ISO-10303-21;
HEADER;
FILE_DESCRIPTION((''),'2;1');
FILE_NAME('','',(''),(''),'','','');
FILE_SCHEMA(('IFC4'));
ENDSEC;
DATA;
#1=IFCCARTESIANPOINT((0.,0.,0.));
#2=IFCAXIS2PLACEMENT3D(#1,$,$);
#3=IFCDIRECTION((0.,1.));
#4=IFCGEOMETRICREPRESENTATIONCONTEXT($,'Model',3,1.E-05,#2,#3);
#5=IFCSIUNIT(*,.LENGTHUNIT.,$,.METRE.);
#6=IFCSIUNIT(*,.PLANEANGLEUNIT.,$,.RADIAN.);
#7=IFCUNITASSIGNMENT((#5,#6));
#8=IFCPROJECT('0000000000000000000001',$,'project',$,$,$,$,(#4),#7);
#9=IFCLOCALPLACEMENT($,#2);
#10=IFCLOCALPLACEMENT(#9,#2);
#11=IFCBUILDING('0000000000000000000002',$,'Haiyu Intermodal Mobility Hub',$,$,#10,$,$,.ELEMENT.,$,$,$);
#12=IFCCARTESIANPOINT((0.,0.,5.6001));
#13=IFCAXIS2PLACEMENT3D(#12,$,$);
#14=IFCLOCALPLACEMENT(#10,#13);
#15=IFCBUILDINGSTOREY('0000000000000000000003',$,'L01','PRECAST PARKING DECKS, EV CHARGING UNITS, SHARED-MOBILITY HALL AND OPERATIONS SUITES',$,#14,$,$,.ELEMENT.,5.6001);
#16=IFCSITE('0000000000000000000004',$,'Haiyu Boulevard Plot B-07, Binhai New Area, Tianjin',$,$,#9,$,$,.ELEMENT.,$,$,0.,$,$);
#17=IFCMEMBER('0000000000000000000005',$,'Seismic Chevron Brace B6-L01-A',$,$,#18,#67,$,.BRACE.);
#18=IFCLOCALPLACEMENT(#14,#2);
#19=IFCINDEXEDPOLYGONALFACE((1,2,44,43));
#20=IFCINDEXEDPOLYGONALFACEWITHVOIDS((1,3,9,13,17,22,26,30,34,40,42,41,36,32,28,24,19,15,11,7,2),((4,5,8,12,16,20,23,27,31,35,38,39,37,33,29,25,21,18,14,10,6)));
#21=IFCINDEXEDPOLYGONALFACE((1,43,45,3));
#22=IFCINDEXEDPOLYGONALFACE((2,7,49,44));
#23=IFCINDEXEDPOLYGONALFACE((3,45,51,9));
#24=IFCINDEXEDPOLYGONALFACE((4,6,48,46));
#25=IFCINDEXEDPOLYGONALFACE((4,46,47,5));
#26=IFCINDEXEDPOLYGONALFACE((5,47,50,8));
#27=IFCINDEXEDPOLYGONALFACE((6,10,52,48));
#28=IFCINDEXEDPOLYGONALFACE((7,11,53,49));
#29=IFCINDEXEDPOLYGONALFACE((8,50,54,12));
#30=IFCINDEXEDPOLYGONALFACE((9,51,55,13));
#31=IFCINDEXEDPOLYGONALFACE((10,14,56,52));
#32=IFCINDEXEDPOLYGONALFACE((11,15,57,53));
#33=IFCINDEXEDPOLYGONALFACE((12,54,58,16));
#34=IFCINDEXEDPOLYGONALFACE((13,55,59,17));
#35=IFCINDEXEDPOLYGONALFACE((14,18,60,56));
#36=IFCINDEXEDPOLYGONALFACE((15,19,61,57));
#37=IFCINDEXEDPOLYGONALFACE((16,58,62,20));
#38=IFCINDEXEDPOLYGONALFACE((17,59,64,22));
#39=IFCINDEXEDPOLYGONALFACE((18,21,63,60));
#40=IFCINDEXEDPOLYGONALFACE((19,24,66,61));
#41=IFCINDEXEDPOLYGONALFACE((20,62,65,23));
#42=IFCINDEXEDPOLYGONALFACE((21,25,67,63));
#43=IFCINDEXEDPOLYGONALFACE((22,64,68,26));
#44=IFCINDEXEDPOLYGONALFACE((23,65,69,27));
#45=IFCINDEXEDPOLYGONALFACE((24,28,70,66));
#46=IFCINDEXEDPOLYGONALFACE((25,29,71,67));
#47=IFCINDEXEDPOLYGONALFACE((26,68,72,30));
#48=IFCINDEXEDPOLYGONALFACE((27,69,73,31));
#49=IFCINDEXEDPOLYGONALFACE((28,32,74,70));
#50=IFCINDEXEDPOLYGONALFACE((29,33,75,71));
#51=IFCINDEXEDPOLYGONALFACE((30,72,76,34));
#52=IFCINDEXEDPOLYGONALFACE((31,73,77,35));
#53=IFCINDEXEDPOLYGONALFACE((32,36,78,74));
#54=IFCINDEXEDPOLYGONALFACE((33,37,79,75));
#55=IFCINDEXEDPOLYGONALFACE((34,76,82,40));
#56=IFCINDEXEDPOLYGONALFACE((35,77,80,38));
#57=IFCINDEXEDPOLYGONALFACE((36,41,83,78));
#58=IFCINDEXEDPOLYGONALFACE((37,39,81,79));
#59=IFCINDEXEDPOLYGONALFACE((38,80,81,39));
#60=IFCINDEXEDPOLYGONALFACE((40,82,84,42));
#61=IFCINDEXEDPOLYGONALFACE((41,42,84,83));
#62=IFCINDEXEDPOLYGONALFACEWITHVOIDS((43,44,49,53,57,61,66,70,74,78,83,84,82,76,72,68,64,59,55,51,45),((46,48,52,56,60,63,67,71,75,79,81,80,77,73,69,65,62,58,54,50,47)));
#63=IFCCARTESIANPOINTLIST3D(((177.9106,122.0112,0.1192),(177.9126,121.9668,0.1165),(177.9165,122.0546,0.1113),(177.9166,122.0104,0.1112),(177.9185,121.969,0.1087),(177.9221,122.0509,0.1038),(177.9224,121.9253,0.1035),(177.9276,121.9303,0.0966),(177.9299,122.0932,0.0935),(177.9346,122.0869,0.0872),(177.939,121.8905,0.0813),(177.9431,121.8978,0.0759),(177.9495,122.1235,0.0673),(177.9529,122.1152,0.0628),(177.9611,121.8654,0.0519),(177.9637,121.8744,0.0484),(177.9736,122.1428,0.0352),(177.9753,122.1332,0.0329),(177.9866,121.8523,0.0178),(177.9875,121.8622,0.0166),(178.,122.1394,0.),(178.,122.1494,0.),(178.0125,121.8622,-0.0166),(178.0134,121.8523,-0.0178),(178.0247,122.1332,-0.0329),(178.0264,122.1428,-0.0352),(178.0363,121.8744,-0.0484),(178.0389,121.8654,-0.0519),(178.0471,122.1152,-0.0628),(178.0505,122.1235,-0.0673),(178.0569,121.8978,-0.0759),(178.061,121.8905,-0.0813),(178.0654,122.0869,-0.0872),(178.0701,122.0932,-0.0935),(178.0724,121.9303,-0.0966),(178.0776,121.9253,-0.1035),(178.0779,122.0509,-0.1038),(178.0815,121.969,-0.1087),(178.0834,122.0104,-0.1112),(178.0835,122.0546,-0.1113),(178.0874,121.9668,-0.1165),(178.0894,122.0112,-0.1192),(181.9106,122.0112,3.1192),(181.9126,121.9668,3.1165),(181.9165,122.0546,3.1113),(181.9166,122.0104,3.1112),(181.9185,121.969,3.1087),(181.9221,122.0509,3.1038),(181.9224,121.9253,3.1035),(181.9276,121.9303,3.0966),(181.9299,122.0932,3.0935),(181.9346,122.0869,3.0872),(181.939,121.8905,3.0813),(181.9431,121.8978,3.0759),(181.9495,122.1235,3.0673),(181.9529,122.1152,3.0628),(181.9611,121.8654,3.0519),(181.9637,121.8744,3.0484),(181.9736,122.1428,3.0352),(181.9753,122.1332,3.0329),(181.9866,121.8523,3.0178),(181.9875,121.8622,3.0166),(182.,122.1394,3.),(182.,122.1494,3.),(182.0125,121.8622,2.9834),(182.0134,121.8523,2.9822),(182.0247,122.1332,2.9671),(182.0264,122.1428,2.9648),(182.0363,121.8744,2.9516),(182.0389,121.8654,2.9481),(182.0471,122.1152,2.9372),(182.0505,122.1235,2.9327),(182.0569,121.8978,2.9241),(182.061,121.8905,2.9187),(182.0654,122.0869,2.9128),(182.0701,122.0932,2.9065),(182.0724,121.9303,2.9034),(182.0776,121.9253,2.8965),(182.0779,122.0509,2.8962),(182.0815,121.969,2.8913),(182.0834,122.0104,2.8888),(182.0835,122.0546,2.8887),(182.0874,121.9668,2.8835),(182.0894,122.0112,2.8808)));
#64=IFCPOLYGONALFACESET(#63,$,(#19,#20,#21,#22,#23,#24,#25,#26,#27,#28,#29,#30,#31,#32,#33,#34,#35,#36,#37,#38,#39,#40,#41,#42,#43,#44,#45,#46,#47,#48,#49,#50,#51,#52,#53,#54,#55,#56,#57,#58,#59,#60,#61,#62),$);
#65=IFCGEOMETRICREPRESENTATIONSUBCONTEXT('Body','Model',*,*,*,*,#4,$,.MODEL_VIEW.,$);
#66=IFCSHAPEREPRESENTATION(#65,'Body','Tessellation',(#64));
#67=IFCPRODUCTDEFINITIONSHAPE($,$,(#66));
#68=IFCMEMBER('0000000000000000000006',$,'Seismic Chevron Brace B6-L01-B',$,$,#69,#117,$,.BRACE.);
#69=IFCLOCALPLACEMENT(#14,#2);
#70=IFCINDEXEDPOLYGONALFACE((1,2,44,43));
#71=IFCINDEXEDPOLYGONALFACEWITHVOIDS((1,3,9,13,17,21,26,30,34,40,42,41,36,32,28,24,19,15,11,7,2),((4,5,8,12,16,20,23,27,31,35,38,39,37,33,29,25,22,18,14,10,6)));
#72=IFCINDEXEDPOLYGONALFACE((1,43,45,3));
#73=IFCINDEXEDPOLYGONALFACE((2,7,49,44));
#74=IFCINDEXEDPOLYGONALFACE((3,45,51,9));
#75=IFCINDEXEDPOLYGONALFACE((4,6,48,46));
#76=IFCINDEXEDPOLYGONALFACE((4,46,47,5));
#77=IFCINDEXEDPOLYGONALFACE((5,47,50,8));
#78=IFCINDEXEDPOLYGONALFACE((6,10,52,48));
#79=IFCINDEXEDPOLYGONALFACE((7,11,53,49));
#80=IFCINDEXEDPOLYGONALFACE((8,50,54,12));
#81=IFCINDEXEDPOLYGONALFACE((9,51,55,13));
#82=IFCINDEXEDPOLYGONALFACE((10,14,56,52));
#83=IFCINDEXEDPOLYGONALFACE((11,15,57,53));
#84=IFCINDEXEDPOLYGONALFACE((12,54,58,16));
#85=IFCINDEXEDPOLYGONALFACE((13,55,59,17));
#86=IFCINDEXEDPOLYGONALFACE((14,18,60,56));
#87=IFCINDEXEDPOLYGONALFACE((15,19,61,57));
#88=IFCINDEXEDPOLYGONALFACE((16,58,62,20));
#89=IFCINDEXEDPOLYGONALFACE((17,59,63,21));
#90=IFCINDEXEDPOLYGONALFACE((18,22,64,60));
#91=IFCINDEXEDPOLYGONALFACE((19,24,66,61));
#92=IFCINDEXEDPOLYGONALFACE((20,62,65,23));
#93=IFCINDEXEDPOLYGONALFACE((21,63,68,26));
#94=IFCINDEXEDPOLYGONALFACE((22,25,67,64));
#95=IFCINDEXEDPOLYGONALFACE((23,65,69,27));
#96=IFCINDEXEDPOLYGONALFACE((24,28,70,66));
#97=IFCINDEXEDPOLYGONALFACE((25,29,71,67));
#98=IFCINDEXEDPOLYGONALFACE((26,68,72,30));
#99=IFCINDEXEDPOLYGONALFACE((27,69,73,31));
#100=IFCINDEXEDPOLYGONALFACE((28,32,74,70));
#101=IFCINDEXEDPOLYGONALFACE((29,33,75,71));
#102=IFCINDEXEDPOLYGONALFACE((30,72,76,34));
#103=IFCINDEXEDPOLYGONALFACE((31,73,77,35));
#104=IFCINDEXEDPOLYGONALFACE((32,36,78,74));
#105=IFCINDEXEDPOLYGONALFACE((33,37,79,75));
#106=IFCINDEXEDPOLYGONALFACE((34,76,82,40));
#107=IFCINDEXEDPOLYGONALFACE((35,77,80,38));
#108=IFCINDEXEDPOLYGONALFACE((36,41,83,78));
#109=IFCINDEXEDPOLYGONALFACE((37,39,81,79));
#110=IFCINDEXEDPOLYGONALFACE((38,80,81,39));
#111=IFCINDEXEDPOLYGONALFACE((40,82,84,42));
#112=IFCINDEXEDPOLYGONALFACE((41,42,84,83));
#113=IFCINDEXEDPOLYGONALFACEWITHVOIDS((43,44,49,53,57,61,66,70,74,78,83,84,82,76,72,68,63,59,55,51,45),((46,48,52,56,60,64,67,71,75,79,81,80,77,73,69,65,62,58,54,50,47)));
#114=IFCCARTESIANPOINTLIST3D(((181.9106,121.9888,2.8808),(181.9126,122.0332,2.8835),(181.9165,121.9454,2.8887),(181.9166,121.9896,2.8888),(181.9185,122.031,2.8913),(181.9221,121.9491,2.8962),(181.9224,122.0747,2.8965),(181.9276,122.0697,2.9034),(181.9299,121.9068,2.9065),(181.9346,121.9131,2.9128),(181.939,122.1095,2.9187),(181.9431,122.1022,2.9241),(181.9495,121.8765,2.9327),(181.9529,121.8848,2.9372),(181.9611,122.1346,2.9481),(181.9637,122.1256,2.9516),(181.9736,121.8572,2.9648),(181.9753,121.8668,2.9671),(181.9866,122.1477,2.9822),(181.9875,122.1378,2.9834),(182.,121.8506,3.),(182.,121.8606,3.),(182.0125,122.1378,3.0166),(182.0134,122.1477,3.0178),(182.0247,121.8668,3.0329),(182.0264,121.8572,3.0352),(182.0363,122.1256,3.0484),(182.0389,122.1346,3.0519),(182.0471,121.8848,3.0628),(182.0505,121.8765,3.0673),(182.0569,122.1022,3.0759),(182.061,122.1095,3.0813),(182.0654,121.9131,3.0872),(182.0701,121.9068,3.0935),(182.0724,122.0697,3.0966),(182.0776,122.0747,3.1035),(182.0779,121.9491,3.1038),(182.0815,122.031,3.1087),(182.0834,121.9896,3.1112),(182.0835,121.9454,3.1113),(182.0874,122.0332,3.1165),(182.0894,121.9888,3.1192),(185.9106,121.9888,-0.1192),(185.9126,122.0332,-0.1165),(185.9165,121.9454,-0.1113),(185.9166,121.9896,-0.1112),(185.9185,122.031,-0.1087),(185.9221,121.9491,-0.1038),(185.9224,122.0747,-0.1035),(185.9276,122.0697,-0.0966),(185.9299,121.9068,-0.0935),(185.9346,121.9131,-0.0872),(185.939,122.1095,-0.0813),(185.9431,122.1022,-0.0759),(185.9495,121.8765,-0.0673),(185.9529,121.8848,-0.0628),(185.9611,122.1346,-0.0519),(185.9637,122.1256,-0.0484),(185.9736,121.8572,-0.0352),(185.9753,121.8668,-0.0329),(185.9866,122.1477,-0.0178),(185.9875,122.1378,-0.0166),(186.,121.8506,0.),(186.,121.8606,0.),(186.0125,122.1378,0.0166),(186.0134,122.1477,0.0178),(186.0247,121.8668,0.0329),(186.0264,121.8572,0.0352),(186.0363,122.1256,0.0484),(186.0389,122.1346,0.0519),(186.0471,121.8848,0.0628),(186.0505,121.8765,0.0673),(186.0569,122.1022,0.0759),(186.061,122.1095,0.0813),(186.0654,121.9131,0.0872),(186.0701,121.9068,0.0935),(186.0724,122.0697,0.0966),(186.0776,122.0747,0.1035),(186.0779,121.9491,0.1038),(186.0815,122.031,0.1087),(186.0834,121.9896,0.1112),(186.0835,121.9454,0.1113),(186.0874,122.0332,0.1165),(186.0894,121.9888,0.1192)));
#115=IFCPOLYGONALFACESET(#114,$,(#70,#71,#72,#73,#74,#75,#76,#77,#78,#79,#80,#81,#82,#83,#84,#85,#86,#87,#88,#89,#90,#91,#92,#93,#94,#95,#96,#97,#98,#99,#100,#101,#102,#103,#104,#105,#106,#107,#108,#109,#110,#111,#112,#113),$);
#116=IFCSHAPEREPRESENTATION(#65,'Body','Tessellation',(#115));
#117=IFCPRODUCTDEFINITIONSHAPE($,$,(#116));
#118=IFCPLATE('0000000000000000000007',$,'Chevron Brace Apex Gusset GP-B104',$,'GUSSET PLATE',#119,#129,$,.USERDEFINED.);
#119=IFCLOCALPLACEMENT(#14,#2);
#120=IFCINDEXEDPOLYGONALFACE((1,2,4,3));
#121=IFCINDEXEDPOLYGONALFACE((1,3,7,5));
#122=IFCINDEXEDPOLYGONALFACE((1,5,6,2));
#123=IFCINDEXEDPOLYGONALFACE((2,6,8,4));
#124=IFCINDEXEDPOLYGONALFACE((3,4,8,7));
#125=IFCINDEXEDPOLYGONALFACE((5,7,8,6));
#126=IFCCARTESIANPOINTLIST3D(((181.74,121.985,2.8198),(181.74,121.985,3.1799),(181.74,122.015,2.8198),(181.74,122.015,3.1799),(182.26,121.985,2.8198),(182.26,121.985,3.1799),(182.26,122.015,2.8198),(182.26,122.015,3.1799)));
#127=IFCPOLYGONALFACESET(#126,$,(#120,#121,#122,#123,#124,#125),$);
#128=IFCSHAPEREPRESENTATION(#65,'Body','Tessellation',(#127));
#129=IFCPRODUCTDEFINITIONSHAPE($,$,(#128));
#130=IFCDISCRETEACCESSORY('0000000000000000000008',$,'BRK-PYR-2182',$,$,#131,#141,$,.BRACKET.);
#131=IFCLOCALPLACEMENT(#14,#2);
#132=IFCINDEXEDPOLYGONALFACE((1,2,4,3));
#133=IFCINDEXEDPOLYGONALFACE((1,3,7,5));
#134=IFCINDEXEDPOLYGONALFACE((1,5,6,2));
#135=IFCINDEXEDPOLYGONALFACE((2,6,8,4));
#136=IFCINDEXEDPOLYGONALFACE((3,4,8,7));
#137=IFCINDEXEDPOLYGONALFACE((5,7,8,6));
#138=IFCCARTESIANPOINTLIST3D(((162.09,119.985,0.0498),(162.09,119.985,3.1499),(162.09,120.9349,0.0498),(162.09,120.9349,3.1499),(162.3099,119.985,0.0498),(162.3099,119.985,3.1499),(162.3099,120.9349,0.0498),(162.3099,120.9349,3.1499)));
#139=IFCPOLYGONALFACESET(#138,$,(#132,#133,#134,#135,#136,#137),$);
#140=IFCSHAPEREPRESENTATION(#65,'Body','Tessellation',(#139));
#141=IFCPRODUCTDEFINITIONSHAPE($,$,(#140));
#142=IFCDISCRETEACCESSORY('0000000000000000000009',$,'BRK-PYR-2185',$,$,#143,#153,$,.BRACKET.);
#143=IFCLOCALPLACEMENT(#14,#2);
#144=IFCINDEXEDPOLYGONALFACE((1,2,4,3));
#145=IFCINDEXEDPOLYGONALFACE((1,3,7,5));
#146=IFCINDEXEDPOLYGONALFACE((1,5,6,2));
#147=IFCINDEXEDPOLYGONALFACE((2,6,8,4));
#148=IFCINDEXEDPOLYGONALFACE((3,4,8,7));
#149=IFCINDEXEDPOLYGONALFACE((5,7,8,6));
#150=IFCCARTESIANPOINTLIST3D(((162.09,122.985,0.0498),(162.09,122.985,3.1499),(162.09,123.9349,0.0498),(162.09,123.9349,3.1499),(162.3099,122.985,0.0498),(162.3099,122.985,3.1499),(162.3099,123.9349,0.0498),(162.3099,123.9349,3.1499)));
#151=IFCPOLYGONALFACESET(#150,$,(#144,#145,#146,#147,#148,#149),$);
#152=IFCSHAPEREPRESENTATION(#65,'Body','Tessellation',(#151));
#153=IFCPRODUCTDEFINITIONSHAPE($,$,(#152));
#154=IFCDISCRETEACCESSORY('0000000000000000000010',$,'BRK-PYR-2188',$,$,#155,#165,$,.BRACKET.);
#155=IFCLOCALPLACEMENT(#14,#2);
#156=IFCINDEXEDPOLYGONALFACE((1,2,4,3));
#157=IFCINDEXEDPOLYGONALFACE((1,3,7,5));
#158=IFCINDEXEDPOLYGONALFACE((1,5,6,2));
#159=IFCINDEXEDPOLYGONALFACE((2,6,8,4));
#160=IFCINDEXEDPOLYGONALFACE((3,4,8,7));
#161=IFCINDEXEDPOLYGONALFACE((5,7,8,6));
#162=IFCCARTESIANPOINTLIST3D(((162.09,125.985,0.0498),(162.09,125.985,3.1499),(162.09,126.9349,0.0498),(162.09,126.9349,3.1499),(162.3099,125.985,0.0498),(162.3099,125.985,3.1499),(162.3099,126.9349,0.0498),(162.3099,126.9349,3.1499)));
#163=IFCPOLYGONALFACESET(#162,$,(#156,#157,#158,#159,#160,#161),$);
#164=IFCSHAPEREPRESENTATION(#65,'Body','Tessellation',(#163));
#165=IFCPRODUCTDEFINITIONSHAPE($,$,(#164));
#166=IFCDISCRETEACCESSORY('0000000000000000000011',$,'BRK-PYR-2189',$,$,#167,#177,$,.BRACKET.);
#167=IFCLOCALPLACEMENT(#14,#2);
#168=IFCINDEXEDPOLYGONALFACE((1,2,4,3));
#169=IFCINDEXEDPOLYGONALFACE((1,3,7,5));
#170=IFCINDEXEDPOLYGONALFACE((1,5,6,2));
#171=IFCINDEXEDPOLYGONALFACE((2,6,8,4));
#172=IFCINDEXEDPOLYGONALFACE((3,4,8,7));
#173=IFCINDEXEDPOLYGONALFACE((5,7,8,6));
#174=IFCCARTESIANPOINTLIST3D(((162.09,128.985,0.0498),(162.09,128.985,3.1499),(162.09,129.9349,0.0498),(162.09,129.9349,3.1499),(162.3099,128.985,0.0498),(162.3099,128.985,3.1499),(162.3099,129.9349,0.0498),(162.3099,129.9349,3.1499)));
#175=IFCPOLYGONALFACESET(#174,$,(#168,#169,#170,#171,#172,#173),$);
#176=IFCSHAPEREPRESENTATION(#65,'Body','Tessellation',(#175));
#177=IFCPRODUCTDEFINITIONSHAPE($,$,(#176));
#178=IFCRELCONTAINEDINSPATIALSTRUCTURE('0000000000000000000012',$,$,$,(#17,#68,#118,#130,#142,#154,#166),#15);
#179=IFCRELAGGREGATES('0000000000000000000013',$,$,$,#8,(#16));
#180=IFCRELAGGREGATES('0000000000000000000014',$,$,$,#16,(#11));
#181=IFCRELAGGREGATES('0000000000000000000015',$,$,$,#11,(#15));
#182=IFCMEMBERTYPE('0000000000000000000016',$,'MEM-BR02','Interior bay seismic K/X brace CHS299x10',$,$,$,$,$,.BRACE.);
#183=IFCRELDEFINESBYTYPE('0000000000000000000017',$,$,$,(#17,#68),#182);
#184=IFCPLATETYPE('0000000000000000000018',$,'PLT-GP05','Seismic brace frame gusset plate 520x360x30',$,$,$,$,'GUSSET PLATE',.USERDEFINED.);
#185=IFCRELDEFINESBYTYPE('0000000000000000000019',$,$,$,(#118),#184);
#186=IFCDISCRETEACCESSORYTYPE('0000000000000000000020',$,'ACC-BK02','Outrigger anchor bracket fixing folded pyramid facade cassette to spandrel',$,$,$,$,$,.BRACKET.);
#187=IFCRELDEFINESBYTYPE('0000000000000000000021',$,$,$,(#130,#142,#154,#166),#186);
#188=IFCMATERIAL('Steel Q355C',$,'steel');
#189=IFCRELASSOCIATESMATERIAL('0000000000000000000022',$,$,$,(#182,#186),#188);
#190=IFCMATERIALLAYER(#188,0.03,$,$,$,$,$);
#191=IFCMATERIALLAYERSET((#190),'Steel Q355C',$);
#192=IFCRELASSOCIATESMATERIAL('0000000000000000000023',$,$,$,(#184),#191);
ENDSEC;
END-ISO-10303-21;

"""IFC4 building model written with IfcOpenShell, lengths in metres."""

from ifc_helpers import new_model, si_unit, direction, frame, origin, origin_2d, place, context, subcontext, project, spatial, rectangle, hollow_circle, extrude, material, layer, layer_set, material_profile, profile_set, type_object, element, save


model = new_model("IFC4")

# Units and contexts
model_context = context("Model", 3, precision=1e-05, world=origin(), true_north=direction((0.0, 1.0)))
body_context = subcontext(model_context, "Body", "Model", "MODEL_VIEW")
ifc_project = project(units=[si_unit("LENGTHUNIT", "METRE"), si_unit("PLANEANGLEUNIT", "RADIAN")], contexts=[model_context])

# Site, building, storey
site_placement = place(None, origin())
site = spatial("IfcSite", under=ifc_project, at=site_placement, Name="Haiyu Boulevard Plot B-07, Binhai New Area, Tianjin", CompositionType="ELEMENT", RefElevation=0.0)
building_placement = place(site_placement, origin())
building = spatial("IfcBuilding", under=site, at=building_placement, Name="Haiyu Intermodal Mobility Hub", CompositionType="ELEMENT")
storey_placement = place(building_placement, frame((0.0, 0.0, 5.6001)))
storey = spatial("IfcBuildingStorey", under=building, at=storey_placement, Name="L01", Description="PRECAST PARKING DECKS, EV CHARGING UNITS, SHARED-MOBILITY HALL AND OPERATIONS SUITES", CompositionType="ELEMENT", Elevation=5.6001)

# Shared definitions
ifc_material_1 = material(Name="Steel Q355C", Category="steel")

# Members
ifc_material_profile_1 = material_profile(ifc_material_1, hollow_circle(Radius=0.1494, WallThickness=0.01, at=origin_2d()), Name="CHS299x10")
ifc_profile_set_1 = profile_set([ifc_material_profile_1], Name="Steel Q355C")
member_type = type_object("IfcMemberType", Name="MEM-BR02", Description="Interior bay seismic K/X brace CHS299x10", PredefinedType="BRACE", material=ifc_profile_set_1)
for number, where, z_axis, x_axis, name in (
    (1, (178.0, 122.0, 0.0), (0.8, 0.0, 0.6), (0.0, 1.0, 0.0), "Seismic Chevron Brace B6-L01-A"),
    (2, (186.0, 122.0, 0.0), (-0.8, 0.0, 0.6), (0.0, -1.0, 0.0), "Seismic Chevron Brace B6-L01-B"),
):
    element("IfcMember", number, at=place(storey_placement, frame(where, z_axis=z_axis, x_axis=x_axis)), inside=storey, type_object=member_type, Name=name, PredefinedType="BRACE", context=body_context, shape_type="SweptSolid", body=[
        extrude(hollow_circle(Radius=0.1494, WallThickness=0.01, at=origin_2d()), origin(), (0.0, 0.0, 1.0), 5.0),
    ])

# Plate
ifc_layer = layer(ifc_material_1, 0.03)
ifc_layer_set = layer_set([ifc_layer], Name="Steel Q355C")
plate_type = type_object("IfcPlateType", Name="PLT-GP05", Description="Seismic brace frame gusset plate 520x360x30", ElementType="GUSSET PLATE", PredefinedType="USERDEFINED", material=ifc_layer_set)
plate_placement = place(storey_placement, frame((182.0, 122.0, 2.8198), z_axis=(0.0, 0.0, 1.0), x_axis=(1.0, 0.0, 0.0)))
element("IfcPlate", 3, at=plate_placement, inside=storey, type_object=plate_type, Name="Chevron Brace Apex Gusset GP-B104", ObjectType="GUSSET PLATE", PredefinedType="USERDEFINED", context=body_context, shape_type="SweptSolid", body=[
    extrude(rectangle(XDim=0.52, YDim=0.03, at=origin_2d()), origin(), (0.0, 0.0, 1.0), 0.3601),
])

# Discrete accessories
discrete_accessory_type = type_object("IfcDiscreteAccessoryType", Name="ACC-BK02", Description="Outrigger anchor bracket fixing folded pyramid facade cassette to spandrel", PredefinedType="BRACKET", material=ifc_material_1)
for number, where, z_axis, x_axis, name in (
    (4, (162.2, 120.46, 0.0498), (0.0, 0.0, 1.0), (1.0, 0.0, 0.0), "BRK-PYR-2182"),
    (5, (162.2, 123.46, 0.0498), (0.0, 0.0, 1.0), (1.0, 0.0, 0.0), "BRK-PYR-2185"),
    (6, (162.2, 126.46, 0.0498), (0.0, 0.0, 1.0), (1.0, 0.0, 0.0), "BRK-PYR-2188"),
    (7, (162.2, 129.46, 0.0498), (0.0, 0.0, 1.0), (1.0, 0.0, 0.0), "BRK-PYR-2189"),
):
    element("IfcDiscreteAccessory", number, at=place(storey_placement, frame(where, z_axis=z_axis, x_axis=x_axis)), inside=storey, type_object=discrete_accessory_type, Name=name, PredefinedType="BRACKET", context=body_context, shape_type="SweptSolid", body=[
        extrude(rectangle(XDim=0.22, YDim=0.95, at=origin_2d()), origin(), (0.0, 0.0, 1.0), 3.1001),
    ])

save(model, "model.ifc")
